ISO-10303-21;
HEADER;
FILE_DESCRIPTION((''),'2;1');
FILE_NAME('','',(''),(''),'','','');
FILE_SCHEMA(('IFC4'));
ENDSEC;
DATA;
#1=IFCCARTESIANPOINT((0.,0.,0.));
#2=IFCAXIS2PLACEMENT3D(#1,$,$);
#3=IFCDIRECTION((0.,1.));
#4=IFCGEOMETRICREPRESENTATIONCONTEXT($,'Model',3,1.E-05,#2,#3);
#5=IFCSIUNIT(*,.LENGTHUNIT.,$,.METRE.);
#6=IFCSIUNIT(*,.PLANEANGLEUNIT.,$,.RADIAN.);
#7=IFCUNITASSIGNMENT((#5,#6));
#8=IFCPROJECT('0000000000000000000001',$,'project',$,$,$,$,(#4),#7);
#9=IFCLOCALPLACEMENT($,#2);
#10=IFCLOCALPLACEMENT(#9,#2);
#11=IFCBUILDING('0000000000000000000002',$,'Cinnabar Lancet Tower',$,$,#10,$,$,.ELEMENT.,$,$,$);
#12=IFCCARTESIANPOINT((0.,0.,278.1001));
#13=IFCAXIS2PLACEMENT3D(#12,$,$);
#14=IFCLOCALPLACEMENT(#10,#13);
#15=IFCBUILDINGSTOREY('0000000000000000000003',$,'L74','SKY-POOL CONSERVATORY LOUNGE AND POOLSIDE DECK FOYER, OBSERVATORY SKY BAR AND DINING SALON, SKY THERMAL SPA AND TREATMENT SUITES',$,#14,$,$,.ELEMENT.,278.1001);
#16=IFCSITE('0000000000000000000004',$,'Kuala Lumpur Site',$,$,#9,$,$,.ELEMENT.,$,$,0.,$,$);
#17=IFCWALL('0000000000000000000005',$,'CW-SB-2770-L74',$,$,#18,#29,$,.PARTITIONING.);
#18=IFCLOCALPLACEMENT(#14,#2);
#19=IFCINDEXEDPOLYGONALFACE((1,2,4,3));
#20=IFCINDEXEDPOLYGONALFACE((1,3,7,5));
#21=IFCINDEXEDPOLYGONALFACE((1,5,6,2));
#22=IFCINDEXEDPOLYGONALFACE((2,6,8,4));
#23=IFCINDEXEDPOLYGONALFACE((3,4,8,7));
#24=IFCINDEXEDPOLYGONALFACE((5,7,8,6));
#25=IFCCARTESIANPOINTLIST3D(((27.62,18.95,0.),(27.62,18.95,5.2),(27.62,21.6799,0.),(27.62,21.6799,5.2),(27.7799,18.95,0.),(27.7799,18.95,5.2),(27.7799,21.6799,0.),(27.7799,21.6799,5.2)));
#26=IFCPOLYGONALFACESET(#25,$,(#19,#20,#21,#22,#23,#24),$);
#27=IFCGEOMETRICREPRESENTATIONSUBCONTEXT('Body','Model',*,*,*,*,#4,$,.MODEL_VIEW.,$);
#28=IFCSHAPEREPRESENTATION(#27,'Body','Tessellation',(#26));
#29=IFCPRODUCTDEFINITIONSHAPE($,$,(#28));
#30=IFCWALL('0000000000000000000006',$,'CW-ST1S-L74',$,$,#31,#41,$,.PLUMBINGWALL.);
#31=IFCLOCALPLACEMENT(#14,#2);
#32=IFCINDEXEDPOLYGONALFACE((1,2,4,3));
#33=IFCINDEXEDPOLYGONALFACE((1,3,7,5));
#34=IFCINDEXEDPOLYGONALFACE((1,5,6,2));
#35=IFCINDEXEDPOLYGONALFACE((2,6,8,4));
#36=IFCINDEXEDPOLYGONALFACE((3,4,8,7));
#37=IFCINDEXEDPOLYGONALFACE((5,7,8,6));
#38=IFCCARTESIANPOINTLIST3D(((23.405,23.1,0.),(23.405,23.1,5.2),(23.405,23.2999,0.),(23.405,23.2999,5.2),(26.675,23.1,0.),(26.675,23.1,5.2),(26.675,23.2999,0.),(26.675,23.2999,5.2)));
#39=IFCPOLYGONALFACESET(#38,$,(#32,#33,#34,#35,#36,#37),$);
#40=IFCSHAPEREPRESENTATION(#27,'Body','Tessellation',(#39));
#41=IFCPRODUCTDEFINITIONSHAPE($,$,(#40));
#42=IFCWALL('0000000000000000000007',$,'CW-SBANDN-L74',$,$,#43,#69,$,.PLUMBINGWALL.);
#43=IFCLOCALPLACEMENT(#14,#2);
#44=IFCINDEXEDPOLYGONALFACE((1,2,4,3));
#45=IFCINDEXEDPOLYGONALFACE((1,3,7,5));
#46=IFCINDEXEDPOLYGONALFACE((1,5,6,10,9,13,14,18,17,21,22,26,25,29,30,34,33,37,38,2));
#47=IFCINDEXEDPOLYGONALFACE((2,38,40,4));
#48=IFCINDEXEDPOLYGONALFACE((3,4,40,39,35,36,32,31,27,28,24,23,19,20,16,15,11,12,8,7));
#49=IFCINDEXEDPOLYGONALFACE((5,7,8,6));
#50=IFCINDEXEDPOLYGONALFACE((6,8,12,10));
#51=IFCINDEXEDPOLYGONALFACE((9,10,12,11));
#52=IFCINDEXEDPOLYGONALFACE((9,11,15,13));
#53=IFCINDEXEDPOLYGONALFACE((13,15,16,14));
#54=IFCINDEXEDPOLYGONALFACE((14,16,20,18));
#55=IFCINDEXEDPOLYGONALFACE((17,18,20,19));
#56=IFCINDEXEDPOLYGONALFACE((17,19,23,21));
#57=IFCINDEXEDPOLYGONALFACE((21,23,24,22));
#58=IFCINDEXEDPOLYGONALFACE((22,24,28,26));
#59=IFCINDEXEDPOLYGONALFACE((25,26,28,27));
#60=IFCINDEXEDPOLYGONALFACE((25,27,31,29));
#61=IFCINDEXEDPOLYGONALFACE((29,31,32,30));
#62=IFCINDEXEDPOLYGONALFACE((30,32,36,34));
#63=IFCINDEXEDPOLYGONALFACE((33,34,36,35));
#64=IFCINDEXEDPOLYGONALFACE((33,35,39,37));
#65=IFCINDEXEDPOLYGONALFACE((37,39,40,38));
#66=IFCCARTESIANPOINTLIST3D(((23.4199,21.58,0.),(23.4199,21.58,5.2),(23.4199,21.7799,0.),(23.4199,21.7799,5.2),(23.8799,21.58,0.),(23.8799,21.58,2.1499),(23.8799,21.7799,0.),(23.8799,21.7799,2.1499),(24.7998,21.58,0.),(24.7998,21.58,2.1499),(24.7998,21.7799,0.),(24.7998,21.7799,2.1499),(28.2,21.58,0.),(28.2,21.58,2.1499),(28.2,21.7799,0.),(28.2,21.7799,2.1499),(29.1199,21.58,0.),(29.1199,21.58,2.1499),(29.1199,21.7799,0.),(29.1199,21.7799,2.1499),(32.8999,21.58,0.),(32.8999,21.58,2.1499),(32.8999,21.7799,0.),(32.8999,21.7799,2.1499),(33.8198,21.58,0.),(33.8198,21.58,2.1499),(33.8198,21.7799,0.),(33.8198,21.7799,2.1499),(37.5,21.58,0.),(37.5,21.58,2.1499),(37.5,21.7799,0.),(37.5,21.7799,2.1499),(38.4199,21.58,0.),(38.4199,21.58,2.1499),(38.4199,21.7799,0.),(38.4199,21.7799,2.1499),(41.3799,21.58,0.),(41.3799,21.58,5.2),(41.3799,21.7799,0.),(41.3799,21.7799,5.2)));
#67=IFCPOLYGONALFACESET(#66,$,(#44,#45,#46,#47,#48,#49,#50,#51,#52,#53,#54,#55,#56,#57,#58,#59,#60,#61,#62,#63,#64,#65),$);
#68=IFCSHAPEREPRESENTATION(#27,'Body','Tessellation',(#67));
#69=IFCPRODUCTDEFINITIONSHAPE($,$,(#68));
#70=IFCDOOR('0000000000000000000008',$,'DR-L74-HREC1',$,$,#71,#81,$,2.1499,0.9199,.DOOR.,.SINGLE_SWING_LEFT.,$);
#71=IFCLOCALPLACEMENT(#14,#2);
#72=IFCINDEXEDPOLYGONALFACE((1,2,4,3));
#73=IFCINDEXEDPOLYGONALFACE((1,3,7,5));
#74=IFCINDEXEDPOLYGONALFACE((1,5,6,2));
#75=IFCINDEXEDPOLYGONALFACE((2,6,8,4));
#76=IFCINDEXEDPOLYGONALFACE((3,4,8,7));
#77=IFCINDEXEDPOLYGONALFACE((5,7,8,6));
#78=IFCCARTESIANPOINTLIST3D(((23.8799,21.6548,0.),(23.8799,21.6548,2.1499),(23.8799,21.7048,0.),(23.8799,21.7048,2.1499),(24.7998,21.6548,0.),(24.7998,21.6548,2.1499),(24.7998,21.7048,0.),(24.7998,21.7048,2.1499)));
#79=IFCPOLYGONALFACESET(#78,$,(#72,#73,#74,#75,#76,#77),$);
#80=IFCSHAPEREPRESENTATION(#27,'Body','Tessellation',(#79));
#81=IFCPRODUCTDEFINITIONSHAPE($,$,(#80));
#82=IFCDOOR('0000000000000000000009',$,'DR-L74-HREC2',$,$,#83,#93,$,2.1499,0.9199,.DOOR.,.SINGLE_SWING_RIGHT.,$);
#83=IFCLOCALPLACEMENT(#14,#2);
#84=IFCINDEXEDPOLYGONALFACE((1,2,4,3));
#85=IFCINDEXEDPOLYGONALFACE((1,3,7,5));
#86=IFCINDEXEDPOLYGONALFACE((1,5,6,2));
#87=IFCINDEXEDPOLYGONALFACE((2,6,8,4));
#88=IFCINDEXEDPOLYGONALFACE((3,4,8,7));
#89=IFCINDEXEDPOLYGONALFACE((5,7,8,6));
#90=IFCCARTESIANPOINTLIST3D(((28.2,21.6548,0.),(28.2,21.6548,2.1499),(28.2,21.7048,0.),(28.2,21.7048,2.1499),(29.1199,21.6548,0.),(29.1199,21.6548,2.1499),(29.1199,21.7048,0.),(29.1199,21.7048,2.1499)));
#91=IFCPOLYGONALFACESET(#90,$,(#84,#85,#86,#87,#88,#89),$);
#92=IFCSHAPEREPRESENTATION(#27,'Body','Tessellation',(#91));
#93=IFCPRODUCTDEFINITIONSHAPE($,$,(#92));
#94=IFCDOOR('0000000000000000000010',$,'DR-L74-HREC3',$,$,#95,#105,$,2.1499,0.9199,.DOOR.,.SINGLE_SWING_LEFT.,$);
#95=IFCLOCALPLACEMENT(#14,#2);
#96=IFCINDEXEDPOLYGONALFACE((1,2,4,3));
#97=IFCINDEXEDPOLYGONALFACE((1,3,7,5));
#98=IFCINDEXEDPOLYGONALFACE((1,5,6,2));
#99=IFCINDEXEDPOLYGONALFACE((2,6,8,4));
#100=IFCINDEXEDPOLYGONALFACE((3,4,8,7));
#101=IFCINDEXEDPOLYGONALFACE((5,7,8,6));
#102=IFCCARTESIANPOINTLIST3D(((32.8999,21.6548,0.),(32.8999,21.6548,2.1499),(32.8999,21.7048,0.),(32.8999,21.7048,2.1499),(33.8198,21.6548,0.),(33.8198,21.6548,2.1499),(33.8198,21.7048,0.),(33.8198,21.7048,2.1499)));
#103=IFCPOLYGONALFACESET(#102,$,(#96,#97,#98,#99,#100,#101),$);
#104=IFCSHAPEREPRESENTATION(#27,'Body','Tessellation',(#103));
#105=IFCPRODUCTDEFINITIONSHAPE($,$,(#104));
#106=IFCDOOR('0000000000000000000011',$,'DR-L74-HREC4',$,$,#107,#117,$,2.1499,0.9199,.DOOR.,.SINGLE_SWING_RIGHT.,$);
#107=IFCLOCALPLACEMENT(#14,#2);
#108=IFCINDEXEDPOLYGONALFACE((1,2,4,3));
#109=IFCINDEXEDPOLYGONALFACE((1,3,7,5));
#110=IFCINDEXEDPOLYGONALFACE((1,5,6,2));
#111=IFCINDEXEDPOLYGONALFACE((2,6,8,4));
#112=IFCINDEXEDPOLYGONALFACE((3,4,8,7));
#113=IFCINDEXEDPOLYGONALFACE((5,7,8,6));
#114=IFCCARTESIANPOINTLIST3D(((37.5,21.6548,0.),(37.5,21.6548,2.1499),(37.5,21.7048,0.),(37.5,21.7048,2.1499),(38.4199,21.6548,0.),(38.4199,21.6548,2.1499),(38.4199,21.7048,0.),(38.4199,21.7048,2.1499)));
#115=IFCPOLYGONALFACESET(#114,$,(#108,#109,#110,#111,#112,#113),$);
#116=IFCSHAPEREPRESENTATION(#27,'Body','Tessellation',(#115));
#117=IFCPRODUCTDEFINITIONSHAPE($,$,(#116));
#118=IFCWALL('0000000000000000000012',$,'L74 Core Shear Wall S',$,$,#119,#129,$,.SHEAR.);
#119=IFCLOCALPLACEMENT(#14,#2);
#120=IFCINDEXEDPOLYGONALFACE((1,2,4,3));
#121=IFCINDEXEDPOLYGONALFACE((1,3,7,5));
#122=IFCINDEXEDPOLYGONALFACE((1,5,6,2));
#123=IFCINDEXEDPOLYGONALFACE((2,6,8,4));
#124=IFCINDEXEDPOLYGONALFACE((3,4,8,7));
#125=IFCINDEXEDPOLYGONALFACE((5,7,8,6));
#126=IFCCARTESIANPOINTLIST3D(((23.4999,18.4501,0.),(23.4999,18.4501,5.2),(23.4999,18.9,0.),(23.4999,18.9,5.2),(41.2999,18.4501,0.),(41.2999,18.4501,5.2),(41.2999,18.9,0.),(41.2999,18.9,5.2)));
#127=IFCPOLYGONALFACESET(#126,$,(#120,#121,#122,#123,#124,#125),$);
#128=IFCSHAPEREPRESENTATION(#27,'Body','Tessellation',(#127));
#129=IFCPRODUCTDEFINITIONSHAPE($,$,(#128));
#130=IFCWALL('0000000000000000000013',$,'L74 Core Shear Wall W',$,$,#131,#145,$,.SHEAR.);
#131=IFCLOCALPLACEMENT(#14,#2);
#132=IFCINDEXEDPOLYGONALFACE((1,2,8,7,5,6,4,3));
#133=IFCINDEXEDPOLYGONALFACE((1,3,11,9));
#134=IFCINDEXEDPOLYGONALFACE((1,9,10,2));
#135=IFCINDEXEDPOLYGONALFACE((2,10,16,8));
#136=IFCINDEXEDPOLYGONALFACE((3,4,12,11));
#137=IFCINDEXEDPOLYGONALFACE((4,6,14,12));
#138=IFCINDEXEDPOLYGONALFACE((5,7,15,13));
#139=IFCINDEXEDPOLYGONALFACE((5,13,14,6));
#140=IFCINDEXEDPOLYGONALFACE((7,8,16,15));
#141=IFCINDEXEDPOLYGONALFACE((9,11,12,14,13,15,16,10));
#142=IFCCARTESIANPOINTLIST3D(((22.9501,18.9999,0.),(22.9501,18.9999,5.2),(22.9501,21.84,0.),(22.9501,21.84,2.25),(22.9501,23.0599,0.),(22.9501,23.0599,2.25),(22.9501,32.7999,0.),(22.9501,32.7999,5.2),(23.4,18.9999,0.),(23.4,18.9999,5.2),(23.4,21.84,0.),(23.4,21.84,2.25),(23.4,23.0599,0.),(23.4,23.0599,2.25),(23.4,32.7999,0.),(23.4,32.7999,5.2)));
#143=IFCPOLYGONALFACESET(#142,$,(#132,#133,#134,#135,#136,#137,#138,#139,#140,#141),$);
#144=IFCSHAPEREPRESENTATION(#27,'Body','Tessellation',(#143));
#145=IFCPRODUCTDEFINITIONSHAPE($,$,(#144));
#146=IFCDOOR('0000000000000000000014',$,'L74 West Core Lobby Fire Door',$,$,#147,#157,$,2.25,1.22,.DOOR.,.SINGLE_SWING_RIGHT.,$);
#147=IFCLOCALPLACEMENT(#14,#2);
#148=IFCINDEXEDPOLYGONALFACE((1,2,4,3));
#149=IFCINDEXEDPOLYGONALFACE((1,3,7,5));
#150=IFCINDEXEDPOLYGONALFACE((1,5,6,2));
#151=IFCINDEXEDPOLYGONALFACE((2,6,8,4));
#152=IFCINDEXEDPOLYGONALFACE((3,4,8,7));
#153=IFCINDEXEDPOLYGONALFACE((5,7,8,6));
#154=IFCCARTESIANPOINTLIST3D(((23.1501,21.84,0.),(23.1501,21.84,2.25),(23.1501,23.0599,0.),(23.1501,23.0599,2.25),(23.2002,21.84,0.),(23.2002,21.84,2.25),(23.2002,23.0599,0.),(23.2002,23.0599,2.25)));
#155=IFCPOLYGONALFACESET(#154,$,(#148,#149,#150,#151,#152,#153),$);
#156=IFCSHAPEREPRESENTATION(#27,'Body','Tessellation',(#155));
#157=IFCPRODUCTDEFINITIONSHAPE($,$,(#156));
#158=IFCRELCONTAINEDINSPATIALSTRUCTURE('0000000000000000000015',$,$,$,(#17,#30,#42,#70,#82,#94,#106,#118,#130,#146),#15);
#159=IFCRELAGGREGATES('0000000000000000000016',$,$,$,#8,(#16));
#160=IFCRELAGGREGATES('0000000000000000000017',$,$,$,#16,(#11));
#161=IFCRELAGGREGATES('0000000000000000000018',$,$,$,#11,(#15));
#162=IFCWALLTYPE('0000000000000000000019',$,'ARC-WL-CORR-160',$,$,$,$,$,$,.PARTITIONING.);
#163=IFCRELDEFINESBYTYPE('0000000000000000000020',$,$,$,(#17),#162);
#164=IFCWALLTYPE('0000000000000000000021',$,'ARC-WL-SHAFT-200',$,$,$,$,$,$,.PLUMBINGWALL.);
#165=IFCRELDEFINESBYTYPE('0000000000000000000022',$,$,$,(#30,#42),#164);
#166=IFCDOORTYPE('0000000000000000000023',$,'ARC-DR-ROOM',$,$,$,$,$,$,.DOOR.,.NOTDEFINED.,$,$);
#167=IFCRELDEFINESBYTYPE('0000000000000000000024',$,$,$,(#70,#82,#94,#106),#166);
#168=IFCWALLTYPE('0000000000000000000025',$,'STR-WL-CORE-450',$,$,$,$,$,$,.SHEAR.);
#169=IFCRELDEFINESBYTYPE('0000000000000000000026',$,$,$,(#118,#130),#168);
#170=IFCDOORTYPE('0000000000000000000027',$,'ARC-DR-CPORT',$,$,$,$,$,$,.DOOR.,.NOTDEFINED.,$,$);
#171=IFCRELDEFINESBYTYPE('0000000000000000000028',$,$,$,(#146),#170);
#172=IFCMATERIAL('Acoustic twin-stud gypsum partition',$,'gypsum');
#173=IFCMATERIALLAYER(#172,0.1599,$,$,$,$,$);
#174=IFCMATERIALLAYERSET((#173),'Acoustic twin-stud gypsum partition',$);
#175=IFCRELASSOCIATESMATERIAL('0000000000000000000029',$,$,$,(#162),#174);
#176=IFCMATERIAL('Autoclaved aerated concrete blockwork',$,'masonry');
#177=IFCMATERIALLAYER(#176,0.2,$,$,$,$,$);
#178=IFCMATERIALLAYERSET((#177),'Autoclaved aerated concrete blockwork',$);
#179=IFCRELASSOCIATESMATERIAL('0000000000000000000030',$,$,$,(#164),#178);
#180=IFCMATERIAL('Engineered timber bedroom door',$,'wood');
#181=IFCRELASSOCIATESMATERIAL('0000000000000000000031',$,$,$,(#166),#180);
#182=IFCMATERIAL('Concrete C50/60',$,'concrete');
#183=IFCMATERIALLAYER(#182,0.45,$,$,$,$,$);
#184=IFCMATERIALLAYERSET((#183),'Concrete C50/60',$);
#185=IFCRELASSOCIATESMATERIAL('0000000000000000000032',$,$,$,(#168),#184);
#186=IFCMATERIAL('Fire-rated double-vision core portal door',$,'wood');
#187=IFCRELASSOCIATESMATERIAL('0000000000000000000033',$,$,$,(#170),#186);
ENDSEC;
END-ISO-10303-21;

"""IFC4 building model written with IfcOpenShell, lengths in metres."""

from ifc_helpers import new_model, si_unit, direction, frame, frame_2d, origin, place, context, subcontext, project, spatial, rectangle, extrude, material, layer, layer_set, type_object, element, fill, save


model = new_model("IFC4")

# Units and contexts
model_context = context("Model", 3, precision=1e-05, world=origin(), true_north=direction((0.0, 1.0)))
body_context = subcontext(model_context, "Body", "Model", "MODEL_VIEW")
ifc_project = project(units=[si_unit("LENGTHUNIT", "METRE"), si_unit("PLANEANGLEUNIT", "RADIAN")], contexts=[model_context])

# Site, building, storey
site_placement = place(None, origin())
site = spatial("IfcSite", under=ifc_project, at=site_placement, Name="Kuala Lumpur Site", CompositionType="ELEMENT", RefElevation=0.0)
building_placement = place(site_placement, origin())
building = spatial("IfcBuilding", under=site, at=building_placement, Name="Cinnabar Lancet Tower", CompositionType="ELEMENT")
storey_placement = place(building_placement, frame((0.0, 0.0, 278.1001)))
storey = spatial("IfcBuildingStorey", under=building, at=storey_placement, Name="L74", Description="SKY-POOL CONSERVATORY LOUNGE AND POOLSIDE DECK FOYER, OBSERVATORY SKY BAR AND DINING SALON, SKY THERMAL SPA AND TREATMENT SUITES", CompositionType="ELEMENT", Elevation=278.1001)

# Walls
ifc_material_1 = material(Name="Acoustic twin-stud gypsum partition", Category="gypsum")
ifc_layer_1 = layer(ifc_material_1, 0.1599)
ifc_layer_set_1 = layer_set([ifc_layer_1], Name="Acoustic twin-stud gypsum partition")
wall_type_1 = type_object("IfcWallType", Name="ARC-WL-CORR-160", PredefinedType="PARTITIONING", material=ifc_layer_set_1)
wall_1_placement = place(storey_placement, frame((27.7, 18.95, 0.0), z_axis=(0.0, 0.0, 1.0), x_axis=(0.0, 1.0, 0.0)))
element("IfcWall", 1, at=wall_1_placement, inside=storey, type_object=wall_type_1, Name="CW-SB-2770-L74", PredefinedType="PARTITIONING", context=body_context, shape_type="SweptSolid", body=[
    extrude(rectangle(XDim=2.73, YDim=0.1599, at=frame_2d((1.365, 0.0))), origin(), (0.0, 0.0, 1.0), 5.2),
])
ifc_material_2 = material(Name="Autoclaved aerated concrete blockwork", Category="masonry")
ifc_layer_2 = layer(ifc_material_2, 0.2)
ifc_layer_set_2 = layer_set([ifc_layer_2], Name="Autoclaved aerated concrete blockwork")
wall_type_2 = type_object("IfcWallType", Name="ARC-WL-SHAFT-200", PredefinedType="PLUMBINGWALL", material=ifc_layer_set_2)
wall_2_placement = place(storey_placement, frame((23.405, 23.2, 0.0), z_axis=(0.0, 0.0, 1.0), x_axis=(1.0, 0.0, 0.0)))
element("IfcWall", 2, at=wall_2_placement, inside=storey, type_object=wall_type_2, Name="CW-ST1S-L74", PredefinedType="PLUMBINGWALL", context=body_context, shape_type="SweptSolid", body=[
    extrude(rectangle(XDim=3.27, YDim=0.2, at=frame_2d((1.635, 0.0))), origin(), (0.0, 0.0, 1.0), 5.2),
])

# Wall, openings, doors
wall_3_placement = place(storey_placement, frame((23.4199, 21.6799, 0.0), z_axis=(0.0, 0.0, 1.0), x_axis=(1.0, 0.0, 0.0)))
wall_3 = element("IfcWall", 3, at=wall_3_placement, inside=storey, type_object=wall_type_2, Name="CW-SBANDN-L74", PredefinedType="PLUMBINGWALL", context=body_context, shape_type="SweptSolid", body=[
    extrude(rectangle(XDim=17.96, YDim=0.2, at=frame_2d((8.98, 0.0))), origin(), (0.0, 0.0, 1.0), 5.2),
])
opening_1_placement = place(wall_3_placement, frame((0.46, 0.0, 0.0)))
opening_1 = element("IfcOpeningElement", 4, at=opening_1_placement, cuts=wall_3, PredefinedType="OPENING", context=body_context, shape_type="SweptSolid", body=[
    extrude(rectangle(XDim=0.9199, YDim=2.1499, at=frame_2d((0.46, 1.075))), frame((0.0, 0.1099, 0.0), z_axis=(0.0, -1.0, 0.0), x_axis=(1.0, 0.0, 0.0)), (0.0, 0.0, 1.0), 0.22),
])
opening_2_placement = place(wall_3_placement, frame((4.78, 0.0, 0.0)))
opening_2 = element("IfcOpeningElement", 5, at=opening_2_placement, cuts=wall_3, PredefinedType="OPENING", context=body_context, shape_type="SweptSolid", body=[
    extrude(rectangle(XDim=0.9199, YDim=2.1499, at=frame_2d((0.46, 1.075))), frame((0.0, 0.1099, 0.0), z_axis=(0.0, -1.0, 0.0), x_axis=(1.0, 0.0, 0.0)), (0.0, 0.0, 1.0), 0.22),
])
opening_3_placement = place(wall_3_placement, frame((9.48, 0.0, 0.0)))
opening_3 = element("IfcOpeningElement", 6, at=opening_3_placement, cuts=wall_3, PredefinedType="OPENING", context=body_context, shape_type="SweptSolid", body=[
    extrude(rectangle(XDim=0.9199, YDim=2.1499, at=frame_2d((0.46, 1.075))), frame((0.0, 0.1099, 0.0), z_axis=(0.0, -1.0, 0.0), x_axis=(1.0, 0.0, 0.0)), (0.0, 0.0, 1.0), 0.22),
])
opening_4_placement = place(wall_3_placement, frame((14.0801, 0.0, 0.0)))
opening_4 = element("IfcOpeningElement", 7, at=opening_4_placement, cuts=wall_3, PredefinedType="OPENING", context=body_context, shape_type="SweptSolid", body=[
    extrude(rectangle(XDim=0.9199, YDim=2.1499, at=frame_2d((0.46, 1.075))), frame((0.0, 0.1099, 0.0), z_axis=(0.0, -1.0, 0.0), x_axis=(1.0, 0.0, 0.0)), (0.0, 0.0, 1.0), 0.22),
])
ifc_material_3 = material(Name="Engineered timber bedroom door", Category="wood")
door_type_1 = type_object("IfcDoorType", Name="ARC-DR-ROOM", OperationType="NOTDEFINED", PredefinedType="DOOR", material=ifc_material_3)
door_1_placement = place(opening_1_placement, origin())
door_1 = element("IfcDoor", 8, at=door_1_placement, inside=storey, type_object=door_type_1, Name="DR-L74-HREC1", OperationType="SINGLE_SWING_LEFT", OverallHeight=2.1499, OverallWidth=0.9199, PredefinedType="DOOR", context=body_context, shape_type="SweptSolid", body=[
    extrude(rectangle(XDim=0.9199, YDim=2.1499, at=frame_2d((0.46, 1.075))), frame((0.0, 0.0249, 0.0), z_axis=(0.0, -1.0, 0.0), x_axis=(1.0, 0.0, 0.0)), (0.0, 0.0, 1.0), 0.05),
])
fill(opening_1, door_1)
door_2_placement = place(opening_2_placement, origin())
door_2 = element("IfcDoor", 9, at=door_2_placement, inside=storey, type_object=door_type_1, Name="DR-L74-HREC2", OperationType="SINGLE_SWING_RIGHT", OverallHeight=2.1499, OverallWidth=0.9199, PredefinedType="DOOR", context=body_context, shape_type="SweptSolid", body=[
    extrude(rectangle(XDim=0.9199, YDim=2.1499, at=frame_2d((0.46, 1.075))), frame((0.0, 0.0249, 0.0), z_axis=(0.0, -1.0, 0.0), x_axis=(1.0, 0.0, 0.0)), (0.0, 0.0, 1.0), 0.05),
])
fill(opening_2, door_2)
door_3_placement = place(opening_3_placement, origin())
door_3 = element("IfcDoor", 10, at=door_3_placement, inside=storey, type_object=door_type_1, Name="DR-L74-HREC3", OperationType="SINGLE_SWING_LEFT", OverallHeight=2.1499, OverallWidth=0.9199, PredefinedType="DOOR", context=body_context, shape_type="SweptSolid", body=[
    extrude(rectangle(XDim=0.9199, YDim=2.1499, at=frame_2d((0.46, 1.075))), frame((0.0, 0.0249, 0.0), z_axis=(0.0, -1.0, 0.0), x_axis=(1.0, 0.0, 0.0)), (0.0, 0.0, 1.0), 0.05),
])
fill(opening_3, door_3)
door_4_placement = place(opening_4_placement, origin())
door_4 = element("IfcDoor", 11, at=door_4_placement, inside=storey, type_object=door_type_1, Name="DR-L74-HREC4", OperationType="SINGLE_SWING_RIGHT", OverallHeight=2.1499, OverallWidth=0.9199, PredefinedType="DOOR", context=body_context, shape_type="SweptSolid", body=[
    extrude(rectangle(XDim=0.9199, YDim=2.1499, at=frame_2d((0.46, 1.075))), frame((0.0, 0.0249, 0.0), z_axis=(0.0, -1.0, 0.0), x_axis=(1.0, 0.0, 0.0)), (0.0, 0.0, 1.0), 0.05),
])
fill(opening_4, door_4)

# Wall
ifc_material_4 = material(Name="Concrete C50/60", Category="concrete")
ifc_layer_3 = layer(ifc_material_4, 0.45)
ifc_layer_set_3 = layer_set([ifc_layer_3], Name="Concrete C50/60")
wall_type_3 = type_object("IfcWallType", Name="STR-WL-CORE-450", PredefinedType="SHEAR", material=ifc_layer_set_3)
wall_4_placement = place(storey_placement, frame((23.5, 18.675, 0.0), z_axis=(0.0, 0.0, 1.0), x_axis=(1.0, 0.0, 0.0)))
element("IfcWall", 12, at=wall_4_placement, inside=storey, type_object=wall_type_3, Name="L74 Core Shear Wall S", PredefinedType="SHEAR", context=body_context, shape_type="SweptSolid", body=[
    extrude(rectangle(XDim=17.8, YDim=0.45, at=frame_2d((8.8999, 0.0))), origin(), (0.0, 0.0, 1.0), 5.2),
])

# Wall, opening, door
wall_5_placement = place(storey_placement, frame((23.175, 19.0, 0.0), z_axis=(0.0, 0.0, 1.0), x_axis=(0.0, 1.0, 0.0)))
wall_5 = element("IfcWall", 13, at=wall_5_placement, inside=storey, type_object=wall_type_3, Name="L74 Core Shear Wall W", PredefinedType="SHEAR", context=body_context, shape_type="SweptSolid", body=[
    extrude(rectangle(XDim=13.8, YDim=0.45, at=frame_2d((6.8999, 0.0))), origin(), (0.0, 0.0, 1.0), 5.2),
])
opening_5_placement = place(wall_5_placement, frame((2.8401, 0.0, 0.0)))
opening_5 = element("IfcOpeningElement", 14, at=opening_5_placement, cuts=wall_5, PredefinedType="OPENING", context=body_context, shape_type="SweptSolid", body=[
    extrude(rectangle(XDim=1.22, YDim=2.25, at=frame_2d((0.6099, 1.125))), frame((0.0, 0.2349, 0.0), z_axis=(0.0, -1.0, 0.0), x_axis=(1.0, 0.0, 0.0)), (0.0, 0.0, 1.0), 0.47),
])
ifc_material_5 = material(Name="Fire-rated double-vision core portal door", Category="wood")
door_type_2 = type_object("IfcDoorType", Name="ARC-DR-CPORT", OperationType="NOTDEFINED", PredefinedType="DOOR", material=ifc_material_5)
door_5_placement = place(opening_5_placement, origin())
door_5 = element("IfcDoor", 15, at=door_5_placement, inside=storey, type_object=door_type_2, Name="L74 West Core Lobby Fire Door", OperationType="SINGLE_SWING_RIGHT", OverallHeight=2.25, OverallWidth=1.22, PredefinedType="DOOR", context=body_context, shape_type="SweptSolid", body=[
    extrude(rectangle(XDim=1.22, YDim=2.25, at=frame_2d((0.6099, 1.125))), frame((0.0, 0.0249, 0.0), z_axis=(0.0, -1.0, 0.0), x_axis=(1.0, 0.0, 0.0)), (0.0, 0.0, 1.0), 0.05),
])
fill(opening_5, door_5)

save(model, "model.ifc")
